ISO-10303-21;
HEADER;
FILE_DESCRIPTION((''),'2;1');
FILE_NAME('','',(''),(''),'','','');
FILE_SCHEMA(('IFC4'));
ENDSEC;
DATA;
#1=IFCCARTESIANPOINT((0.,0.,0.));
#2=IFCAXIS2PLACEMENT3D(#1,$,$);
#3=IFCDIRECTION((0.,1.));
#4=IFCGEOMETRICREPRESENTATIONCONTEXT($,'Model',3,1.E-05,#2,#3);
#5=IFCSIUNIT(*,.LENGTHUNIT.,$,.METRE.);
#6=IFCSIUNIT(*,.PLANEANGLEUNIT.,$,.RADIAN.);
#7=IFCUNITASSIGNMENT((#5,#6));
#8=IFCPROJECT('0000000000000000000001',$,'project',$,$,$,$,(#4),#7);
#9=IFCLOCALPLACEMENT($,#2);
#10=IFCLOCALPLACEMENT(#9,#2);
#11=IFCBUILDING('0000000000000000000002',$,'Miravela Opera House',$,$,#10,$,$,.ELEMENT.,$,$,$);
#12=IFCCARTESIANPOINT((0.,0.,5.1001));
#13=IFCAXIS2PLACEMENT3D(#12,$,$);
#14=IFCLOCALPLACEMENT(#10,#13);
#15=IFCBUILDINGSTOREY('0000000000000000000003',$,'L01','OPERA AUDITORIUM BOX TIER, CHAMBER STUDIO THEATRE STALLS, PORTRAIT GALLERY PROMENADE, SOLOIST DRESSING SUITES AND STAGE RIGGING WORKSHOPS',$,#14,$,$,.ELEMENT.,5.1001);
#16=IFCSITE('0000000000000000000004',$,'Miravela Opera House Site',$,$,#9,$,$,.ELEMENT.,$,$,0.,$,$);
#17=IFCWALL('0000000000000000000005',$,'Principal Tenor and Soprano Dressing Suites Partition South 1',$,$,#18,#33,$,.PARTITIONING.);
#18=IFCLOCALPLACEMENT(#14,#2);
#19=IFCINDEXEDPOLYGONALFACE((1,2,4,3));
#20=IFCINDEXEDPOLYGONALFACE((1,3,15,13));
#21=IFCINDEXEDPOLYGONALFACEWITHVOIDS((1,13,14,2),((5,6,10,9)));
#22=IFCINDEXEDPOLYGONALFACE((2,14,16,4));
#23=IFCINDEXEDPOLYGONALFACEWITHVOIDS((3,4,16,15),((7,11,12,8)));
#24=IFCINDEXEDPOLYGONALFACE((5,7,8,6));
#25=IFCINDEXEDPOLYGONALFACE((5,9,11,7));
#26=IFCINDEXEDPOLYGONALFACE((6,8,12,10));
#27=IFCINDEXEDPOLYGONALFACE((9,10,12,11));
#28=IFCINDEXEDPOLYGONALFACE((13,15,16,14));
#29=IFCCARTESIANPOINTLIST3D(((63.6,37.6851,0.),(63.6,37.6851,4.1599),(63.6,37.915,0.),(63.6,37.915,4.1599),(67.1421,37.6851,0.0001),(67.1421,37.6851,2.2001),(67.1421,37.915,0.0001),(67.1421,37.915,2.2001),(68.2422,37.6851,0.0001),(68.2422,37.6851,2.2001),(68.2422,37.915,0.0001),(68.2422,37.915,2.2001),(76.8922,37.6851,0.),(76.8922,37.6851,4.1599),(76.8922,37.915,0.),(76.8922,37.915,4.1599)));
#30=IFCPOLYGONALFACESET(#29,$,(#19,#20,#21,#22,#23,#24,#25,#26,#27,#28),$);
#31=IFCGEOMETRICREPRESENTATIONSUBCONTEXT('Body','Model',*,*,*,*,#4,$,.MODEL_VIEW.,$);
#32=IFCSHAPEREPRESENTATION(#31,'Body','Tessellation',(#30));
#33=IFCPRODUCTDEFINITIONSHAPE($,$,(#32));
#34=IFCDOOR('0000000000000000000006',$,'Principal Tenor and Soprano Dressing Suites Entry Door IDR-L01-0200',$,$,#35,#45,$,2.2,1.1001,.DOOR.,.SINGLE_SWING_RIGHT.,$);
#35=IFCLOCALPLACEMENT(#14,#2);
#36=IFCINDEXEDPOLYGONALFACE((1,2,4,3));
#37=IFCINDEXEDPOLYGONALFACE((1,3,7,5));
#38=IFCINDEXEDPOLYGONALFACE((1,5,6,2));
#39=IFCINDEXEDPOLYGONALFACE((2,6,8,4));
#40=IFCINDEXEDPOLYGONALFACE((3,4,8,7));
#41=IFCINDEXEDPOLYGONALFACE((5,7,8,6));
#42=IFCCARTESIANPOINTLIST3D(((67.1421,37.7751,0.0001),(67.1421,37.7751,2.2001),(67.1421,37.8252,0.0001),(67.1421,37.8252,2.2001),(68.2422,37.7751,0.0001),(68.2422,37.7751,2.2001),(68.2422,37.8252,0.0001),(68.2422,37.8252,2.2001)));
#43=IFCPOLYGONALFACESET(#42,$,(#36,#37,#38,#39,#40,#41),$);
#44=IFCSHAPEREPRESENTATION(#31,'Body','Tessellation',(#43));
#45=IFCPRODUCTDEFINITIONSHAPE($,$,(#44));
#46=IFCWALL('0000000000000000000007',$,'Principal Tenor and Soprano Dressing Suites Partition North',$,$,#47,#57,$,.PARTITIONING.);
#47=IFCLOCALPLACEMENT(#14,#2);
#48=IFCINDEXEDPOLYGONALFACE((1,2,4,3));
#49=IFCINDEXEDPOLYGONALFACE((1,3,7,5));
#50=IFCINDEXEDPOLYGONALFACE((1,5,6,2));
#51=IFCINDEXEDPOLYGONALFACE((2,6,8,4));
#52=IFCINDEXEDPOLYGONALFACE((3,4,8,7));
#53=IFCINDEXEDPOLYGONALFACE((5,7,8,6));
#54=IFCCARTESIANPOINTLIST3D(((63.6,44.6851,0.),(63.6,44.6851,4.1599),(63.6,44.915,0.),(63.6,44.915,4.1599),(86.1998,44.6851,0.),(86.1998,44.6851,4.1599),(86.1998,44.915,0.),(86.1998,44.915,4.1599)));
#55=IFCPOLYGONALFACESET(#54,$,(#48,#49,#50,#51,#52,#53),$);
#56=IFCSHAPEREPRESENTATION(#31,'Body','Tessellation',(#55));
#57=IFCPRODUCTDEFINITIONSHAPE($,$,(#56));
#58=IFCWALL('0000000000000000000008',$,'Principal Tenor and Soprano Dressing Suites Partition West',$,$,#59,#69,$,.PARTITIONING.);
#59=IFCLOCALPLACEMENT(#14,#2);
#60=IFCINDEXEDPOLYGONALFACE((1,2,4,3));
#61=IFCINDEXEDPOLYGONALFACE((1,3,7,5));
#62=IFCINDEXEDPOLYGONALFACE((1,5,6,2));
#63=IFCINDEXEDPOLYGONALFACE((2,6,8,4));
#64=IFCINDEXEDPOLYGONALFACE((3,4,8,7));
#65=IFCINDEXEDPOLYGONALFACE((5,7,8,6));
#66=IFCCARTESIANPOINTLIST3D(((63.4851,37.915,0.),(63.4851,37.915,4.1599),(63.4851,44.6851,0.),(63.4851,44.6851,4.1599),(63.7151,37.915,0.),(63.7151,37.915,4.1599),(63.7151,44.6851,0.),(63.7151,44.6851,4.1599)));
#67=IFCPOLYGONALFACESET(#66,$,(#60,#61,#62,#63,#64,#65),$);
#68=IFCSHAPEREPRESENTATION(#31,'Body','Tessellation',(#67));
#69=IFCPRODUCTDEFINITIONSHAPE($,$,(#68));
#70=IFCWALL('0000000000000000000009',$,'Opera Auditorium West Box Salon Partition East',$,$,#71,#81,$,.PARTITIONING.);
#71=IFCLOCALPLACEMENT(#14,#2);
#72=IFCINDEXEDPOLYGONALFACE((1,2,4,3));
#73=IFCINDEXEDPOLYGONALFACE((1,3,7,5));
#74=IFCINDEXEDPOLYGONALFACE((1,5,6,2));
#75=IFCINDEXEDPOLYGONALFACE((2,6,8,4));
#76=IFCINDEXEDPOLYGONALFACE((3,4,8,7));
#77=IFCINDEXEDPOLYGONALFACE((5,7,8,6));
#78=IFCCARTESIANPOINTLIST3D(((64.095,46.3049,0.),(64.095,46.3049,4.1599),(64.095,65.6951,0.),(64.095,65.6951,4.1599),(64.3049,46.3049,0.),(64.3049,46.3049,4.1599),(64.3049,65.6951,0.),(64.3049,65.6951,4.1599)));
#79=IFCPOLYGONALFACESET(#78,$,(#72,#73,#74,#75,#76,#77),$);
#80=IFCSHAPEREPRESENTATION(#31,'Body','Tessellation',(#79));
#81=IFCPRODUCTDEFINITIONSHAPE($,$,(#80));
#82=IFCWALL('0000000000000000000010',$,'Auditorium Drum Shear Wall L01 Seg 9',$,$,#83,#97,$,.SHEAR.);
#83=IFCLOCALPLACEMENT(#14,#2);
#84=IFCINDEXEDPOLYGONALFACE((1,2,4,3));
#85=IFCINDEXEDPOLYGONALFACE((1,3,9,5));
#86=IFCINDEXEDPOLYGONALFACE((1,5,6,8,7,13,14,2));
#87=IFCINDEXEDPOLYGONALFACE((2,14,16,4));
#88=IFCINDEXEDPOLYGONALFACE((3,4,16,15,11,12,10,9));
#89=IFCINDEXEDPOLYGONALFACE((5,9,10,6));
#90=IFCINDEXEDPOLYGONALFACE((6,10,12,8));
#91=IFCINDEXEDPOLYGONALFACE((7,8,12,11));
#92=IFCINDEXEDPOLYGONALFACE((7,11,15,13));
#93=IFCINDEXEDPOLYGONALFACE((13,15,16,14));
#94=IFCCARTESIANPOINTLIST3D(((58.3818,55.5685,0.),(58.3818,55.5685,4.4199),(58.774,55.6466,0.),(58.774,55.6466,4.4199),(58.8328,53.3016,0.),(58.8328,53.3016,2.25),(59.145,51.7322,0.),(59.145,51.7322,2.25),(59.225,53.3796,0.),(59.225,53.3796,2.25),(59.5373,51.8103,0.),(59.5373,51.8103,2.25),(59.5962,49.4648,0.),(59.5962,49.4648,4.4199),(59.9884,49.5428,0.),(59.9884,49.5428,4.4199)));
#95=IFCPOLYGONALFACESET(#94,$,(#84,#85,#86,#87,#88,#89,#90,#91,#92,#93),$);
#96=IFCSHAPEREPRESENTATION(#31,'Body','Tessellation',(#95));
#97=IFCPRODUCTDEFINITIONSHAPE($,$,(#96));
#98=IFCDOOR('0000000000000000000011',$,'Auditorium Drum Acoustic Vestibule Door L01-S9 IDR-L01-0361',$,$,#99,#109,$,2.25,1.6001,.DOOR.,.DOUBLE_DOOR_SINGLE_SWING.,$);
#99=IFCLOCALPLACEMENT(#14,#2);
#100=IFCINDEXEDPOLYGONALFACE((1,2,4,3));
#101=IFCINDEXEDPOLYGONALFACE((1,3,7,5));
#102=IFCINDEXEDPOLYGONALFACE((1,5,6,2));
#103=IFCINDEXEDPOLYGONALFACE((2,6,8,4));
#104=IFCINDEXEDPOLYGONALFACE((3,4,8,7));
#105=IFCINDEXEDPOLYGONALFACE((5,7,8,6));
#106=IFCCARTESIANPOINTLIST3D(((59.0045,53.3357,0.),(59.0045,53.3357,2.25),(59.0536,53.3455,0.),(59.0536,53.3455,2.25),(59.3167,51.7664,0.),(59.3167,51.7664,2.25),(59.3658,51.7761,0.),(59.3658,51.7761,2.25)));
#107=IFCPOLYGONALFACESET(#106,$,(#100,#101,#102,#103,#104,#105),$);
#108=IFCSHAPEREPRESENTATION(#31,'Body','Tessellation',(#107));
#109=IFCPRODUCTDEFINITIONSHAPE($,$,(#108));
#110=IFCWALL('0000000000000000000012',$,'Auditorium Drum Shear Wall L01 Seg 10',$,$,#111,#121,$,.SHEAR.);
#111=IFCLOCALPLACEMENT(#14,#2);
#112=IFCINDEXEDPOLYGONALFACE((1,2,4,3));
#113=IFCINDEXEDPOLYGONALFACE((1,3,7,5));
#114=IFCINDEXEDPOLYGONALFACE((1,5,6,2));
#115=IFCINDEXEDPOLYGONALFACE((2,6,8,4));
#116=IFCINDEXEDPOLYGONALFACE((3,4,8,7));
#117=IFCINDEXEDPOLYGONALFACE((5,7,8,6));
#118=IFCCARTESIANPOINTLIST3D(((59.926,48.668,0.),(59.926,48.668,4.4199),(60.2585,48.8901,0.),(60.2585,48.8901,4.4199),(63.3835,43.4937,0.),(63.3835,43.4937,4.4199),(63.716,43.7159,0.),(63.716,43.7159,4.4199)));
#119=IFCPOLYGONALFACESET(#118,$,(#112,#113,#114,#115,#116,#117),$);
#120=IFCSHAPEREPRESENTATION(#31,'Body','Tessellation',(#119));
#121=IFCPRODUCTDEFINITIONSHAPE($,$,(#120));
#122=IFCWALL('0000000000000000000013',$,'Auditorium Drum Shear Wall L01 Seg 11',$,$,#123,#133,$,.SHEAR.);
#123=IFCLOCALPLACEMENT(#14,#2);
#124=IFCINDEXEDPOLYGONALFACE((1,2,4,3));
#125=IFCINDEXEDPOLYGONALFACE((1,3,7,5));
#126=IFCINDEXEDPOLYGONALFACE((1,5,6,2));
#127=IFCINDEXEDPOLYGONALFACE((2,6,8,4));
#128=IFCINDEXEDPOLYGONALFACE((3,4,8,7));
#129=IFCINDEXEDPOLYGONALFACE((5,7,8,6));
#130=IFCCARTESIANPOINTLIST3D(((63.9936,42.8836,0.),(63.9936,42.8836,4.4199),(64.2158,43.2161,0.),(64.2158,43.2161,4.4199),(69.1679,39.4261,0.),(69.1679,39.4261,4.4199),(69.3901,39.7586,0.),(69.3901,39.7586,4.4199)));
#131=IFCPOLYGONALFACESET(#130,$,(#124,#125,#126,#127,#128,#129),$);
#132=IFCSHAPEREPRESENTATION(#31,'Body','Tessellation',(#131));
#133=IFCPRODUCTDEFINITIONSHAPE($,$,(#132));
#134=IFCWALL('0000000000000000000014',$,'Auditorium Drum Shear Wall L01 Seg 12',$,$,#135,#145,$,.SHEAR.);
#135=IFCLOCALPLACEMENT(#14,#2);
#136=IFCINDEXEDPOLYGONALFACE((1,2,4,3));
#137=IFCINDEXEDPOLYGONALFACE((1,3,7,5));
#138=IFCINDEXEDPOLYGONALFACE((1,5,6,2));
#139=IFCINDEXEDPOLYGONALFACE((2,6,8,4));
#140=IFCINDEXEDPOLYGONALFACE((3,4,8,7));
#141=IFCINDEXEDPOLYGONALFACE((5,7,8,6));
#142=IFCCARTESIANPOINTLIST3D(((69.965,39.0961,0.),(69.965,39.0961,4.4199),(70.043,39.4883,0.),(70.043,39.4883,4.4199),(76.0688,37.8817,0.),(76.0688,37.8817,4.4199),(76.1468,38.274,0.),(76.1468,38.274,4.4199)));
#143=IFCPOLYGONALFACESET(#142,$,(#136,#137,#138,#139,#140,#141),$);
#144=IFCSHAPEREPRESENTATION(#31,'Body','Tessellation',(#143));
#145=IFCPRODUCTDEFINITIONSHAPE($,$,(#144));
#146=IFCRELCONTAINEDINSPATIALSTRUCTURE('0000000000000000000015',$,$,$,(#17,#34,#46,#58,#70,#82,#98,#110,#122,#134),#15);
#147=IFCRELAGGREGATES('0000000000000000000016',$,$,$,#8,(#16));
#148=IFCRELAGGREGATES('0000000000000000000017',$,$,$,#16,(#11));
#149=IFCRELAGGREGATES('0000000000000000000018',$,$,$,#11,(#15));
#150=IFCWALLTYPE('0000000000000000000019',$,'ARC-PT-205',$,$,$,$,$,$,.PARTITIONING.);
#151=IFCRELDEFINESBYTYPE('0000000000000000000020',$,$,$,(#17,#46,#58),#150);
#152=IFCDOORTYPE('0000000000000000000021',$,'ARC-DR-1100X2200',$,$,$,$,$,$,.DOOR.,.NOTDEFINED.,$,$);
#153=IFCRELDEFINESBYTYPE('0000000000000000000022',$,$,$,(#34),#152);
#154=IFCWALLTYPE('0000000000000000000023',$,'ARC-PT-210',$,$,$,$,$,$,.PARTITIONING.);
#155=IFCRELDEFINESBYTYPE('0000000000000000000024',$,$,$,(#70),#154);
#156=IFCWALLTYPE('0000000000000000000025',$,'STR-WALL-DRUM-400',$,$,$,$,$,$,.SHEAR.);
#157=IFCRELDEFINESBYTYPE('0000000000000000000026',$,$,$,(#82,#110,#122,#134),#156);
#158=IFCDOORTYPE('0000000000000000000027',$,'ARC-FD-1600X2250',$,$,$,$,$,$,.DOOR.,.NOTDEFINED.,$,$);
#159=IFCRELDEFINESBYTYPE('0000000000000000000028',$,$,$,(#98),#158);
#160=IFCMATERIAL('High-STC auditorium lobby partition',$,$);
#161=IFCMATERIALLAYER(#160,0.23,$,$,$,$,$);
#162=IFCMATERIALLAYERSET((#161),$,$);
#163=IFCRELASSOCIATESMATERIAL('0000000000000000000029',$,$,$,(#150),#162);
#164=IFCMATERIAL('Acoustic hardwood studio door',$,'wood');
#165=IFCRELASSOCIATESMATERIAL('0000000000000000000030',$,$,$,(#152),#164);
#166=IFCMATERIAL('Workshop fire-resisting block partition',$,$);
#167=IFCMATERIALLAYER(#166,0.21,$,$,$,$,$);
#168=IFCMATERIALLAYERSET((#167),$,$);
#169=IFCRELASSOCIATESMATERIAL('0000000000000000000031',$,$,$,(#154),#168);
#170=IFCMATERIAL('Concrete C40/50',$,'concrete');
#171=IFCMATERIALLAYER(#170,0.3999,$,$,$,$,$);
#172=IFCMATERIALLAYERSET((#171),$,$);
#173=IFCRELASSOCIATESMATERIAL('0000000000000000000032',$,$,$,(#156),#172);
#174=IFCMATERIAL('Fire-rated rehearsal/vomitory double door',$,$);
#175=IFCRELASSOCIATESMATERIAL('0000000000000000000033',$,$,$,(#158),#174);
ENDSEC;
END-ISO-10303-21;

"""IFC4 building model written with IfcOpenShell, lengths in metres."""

from ifc_helpers import new_model, si_unit, direction, frame, frame_2d, origin, place, context, subcontext, project, spatial, rectangle, extrude, material, layer, layer_set, type_object, element, fill, save


model = new_model("IFC4")

# Units and contexts
model_context = context("Model", 3, precision=1e-05, world=origin(), true_north=direction((0.0, 1.0)))
body_context = subcontext(model_context, "Body", "Model", "MODEL_VIEW")
ifc_project = project(units=[si_unit("LENGTHUNIT", "METRE"), si_unit("PLANEANGLEUNIT", "RADIAN")], contexts=[model_context])

# Site, building, storey
site_placement = place(None, origin())
site = spatial("IfcSite", under=ifc_project, at=site_placement, Name="Miravela Opera House Site", CompositionType="ELEMENT", RefElevation=0.0)
building_placement = place(site_placement, origin())
building = spatial("IfcBuilding", under=site, at=building_placement, Name="Miravela Opera House", CompositionType="ELEMENT")
storey_placement = place(building_placement, frame((0.0, 0.0, 5.1001)))
storey = spatial("IfcBuildingStorey", under=building, at=storey_placement, Name="L01", Description="OPERA AUDITORIUM BOX TIER, CHAMBER STUDIO THEATRE STALLS, PORTRAIT GALLERY PROMENADE, SOLOIST DRESSING SUITES AND STAGE RIGGING WORKSHOPS", CompositionType="ELEMENT", Elevation=5.1001)

# Shared definitions
ifc_material_1 = material(Name="Concrete C40/50", Category="concrete")

# Wall, opening, door
ifc_material_2 = material(Name="High-STC auditorium lobby partition")
ifc_layer_1 = layer(ifc_material_2, 0.23)
ifc_layer_set_1 = layer_set([ifc_layer_1])
wall_type_1 = type_object("IfcWallType", Name="ARC-PT-205", PredefinedType="PARTITIONING", material=ifc_layer_set_1)
wall_1_placement = place(storey_placement, frame((63.6001, 37.8, 0.0), z_axis=(0.0, 0.0, 1.0), x_axis=(1.0, 0.0, 0.0)))
wall_1 = element("IfcWall", 1, at=wall_1_placement, inside=storey, type_object=wall_type_1, Name="Principal Tenor and Soprano Dressing Suites Partition South 1", PredefinedType="PARTITIONING", context=body_context, shape_type="SweptSolid", body=[
    extrude(rectangle(XDim=13.2922, YDim=0.23, at=frame_2d((6.646, 0.0))), origin(), (0.0, 0.0, 1.0), 4.1599),
])
opening_1_placement = place(wall_1_placement, frame((3.542, 0.0, 0.0)))
opening_1 = element("IfcOpeningElement", 2, at=opening_1_placement, cuts=wall_1, PredefinedType="OPENING", context=body_context, shape_type="SweptSolid", body=[
    extrude(rectangle(XDim=1.1001, YDim=2.2, at=frame_2d((0.55, 1.1001))), frame((0.0, 0.125, 0.0), z_axis=(0.0, -1.0, 0.0), x_axis=(1.0, 0.0, 0.0)), (0.0, 0.0, 1.0), 0.25),
])
ifc_material_3 = material(Name="Acoustic hardwood studio door", Category="wood")
door_type_1 = type_object("IfcDoorType", Name="ARC-DR-1100X2200", OperationType="NOTDEFINED", PredefinedType="DOOR", material=ifc_material_3)
door_1_placement = place(opening_1_placement, frame((1.1001, 0.0, 0.0), z_axis=(0.0, 0.0, 1.0), x_axis=(-1.0, 0.0, 0.0)))
door_1 = element("IfcDoor", 3, at=door_1_placement, inside=storey, type_object=door_type_1, Name="Principal Tenor and Soprano Dressing Suites Entry Door IDR-L01-0200", OperationType="SINGLE_SWING_RIGHT", OverallHeight=2.2, OverallWidth=1.1001, PredefinedType="DOOR", context=body_context, shape_type="SweptSolid", body=[
    extrude(rectangle(XDim=1.1001, YDim=2.2, at=frame_2d((0.55, 1.1001))), frame((0.0, 0.0249, 0.0), z_axis=(0.0, -1.0, 0.0), x_axis=(1.0, 0.0, 0.0)), (0.0, 0.0, 1.0), 0.05),
])
fill(opening_1, door_1)

# Walls
wall_2_placement = place(storey_placement, frame((63.6001, 44.8, 0.0), z_axis=(0.0, 0.0, 1.0), x_axis=(1.0, 0.0, 0.0)))
element("IfcWall", 4, at=wall_2_placement, inside=storey, type_object=wall_type_1, Name="Principal Tenor and Soprano Dressing Suites Partition North", PredefinedType="PARTITIONING", context=body_context, shape_type="SweptSolid", body=[
    extrude(rectangle(XDim=22.5999, YDim=0.23, at=frame_2d((11.2998, 0.0))), origin(), (0.0, 0.0, 1.0), 4.1599),
])
wall_3_placement = place(storey_placement, frame((63.6001, 37.915, 0.0), z_axis=(0.0, 0.0, 1.0), x_axis=(0.0, 1.0, 0.0)))
element("IfcWall", 5, at=wall_3_placement, inside=storey, type_object=wall_type_1, Name="Principal Tenor and Soprano Dressing Suites Partition West", PredefinedType="PARTITIONING", context=body_context, shape_type="SweptSolid", body=[
    extrude(rectangle(XDim=6.77, YDim=0.23, at=frame_2d((3.385, 0.0))), origin(), (0.0, 0.0, 1.0), 4.1599),
])
ifc_material_4 = material(Name="Workshop fire-resisting block partition")
ifc_layer_2 = layer(ifc_material_4, 0.21)
ifc_layer_set_2 = layer_set([ifc_layer_2])
wall_type_2 = type_object("IfcWallType", Name="ARC-PT-210", PredefinedType="PARTITIONING", material=ifc_layer_set_2)
wall_4_placement = place(storey_placement, frame((64.2, 46.3049, 0.0), z_axis=(0.0, 0.0, 1.0), x_axis=(0.0, 1.0, 0.0)))
element("IfcWall", 6, at=wall_4_placement, inside=storey, type_object=wall_type_2, Name="Opera Auditorium West Box Salon Partition East", PredefinedType="PARTITIONING", context=body_context, shape_type="SweptSolid", body=[
    extrude(rectangle(XDim=19.3901, YDim=0.21, at=frame_2d((9.6951, 0.0))), origin(), (0.0, 0.0, 1.0), 4.1599),
])

# Wall, opening, door
ifc_layer_3 = layer(ifc_material_1, 0.3999)
ifc_layer_set_3 = layer_set([ifc_layer_3])
wall_type_3 = type_object("IfcWallType", Name="STR-WALL-DRUM-400", PredefinedType="SHEAR", material=ifc_layer_set_3)
wall_5_placement = place(storey_placement, frame((58.5779, 55.6077, 0.0), z_axis=(0.0, 0.0, 1.0), x_axis=(0.195128, -0.980778, 0.0)))
wall_5 = element("IfcWall", 7, at=wall_5_placement, inside=storey, type_object=wall_type_3, Name="Auditorium Drum Shear Wall L01 Seg 9", PredefinedType="SHEAR", context=body_context, shape_type="SweptSolid", body=[
    extrude(rectangle(XDim=6.2234, YDim=0.3999, at=frame_2d((3.1118, 0.0))), origin(), (0.0, 0.0, 1.0), 4.4199),
])
opening_2_placement = place(wall_5_placement, frame((2.3115, 0.0, 0.0)))
opening_2 = element("IfcOpeningElement", 8, at=opening_2_placement, cuts=wall_5, PredefinedType="OPENING", context=body_context, shape_type="SweptSolid", body=[
    extrude(rectangle(XDim=1.6001, YDim=2.25, at=frame_2d((0.8, 1.125))), frame((0.0, 0.21, 0.0), z_axis=(0.0, -1.0, 0.0), x_axis=(1.0, 0.0, 0.0)), (0.0, 0.0, 1.0), 0.4199),
])
ifc_material_5 = material(Name="Fire-rated rehearsal/vomitory double door")
door_type_2 = type_object("IfcDoorType", Name="ARC-FD-1600X2250", OperationType="NOTDEFINED", PredefinedType="DOOR", material=ifc_material_5)
door_2_placement = place(opening_2_placement, frame((1.6001, 0.0, 0.0), z_axis=(0.0, 0.0, 1.0), x_axis=(-1.0, 0.0, 0.0)))
door_2 = element("IfcDoor", 9, at=door_2_placement, inside=storey, type_object=door_type_2, Name="Auditorium Drum Acoustic Vestibule Door L01-S9 IDR-L01-0361", OperationType="DOUBLE_DOOR_SINGLE_SWING", OverallHeight=2.25, OverallWidth=1.6001, PredefinedType="DOOR", context=body_context, shape_type="SweptSolid", body=[
    extrude(rectangle(XDim=1.6001, YDim=2.25, at=frame_2d((0.8, 1.125))), frame((0.0, 0.0249, 0.0), z_axis=(0.0, -1.0, 0.0), x_axis=(1.0, 0.0, 0.0)), (0.0, 0.0, 1.0), 0.05),
])
fill(opening_2, door_2)

# Walls
for number, where, z_axis, x_axis, name in (
    (10, (60.0923, 48.7791, 0.0), (0.0, 0.0, 1.0), (0.555587, -0.831458, 0.0), "Auditorium Drum Shear Wall L01 Seg 10"),
    (11, (64.1047, 43.0498, 0.0), (0.0, 0.0, 1.0), (0.831458, -0.555587, 0.0), "Auditorium Drum Shear Wall L01 Seg 11"),
):
    element("IfcWall", number, at=place(storey_placement, frame(where, z_axis=z_axis, x_axis=x_axis)), inside=storey, type_object=wall_type_3, Name=name, PredefinedType="SHEAR", context=body_context, shape_type="SweptSolid", body=[
        extrude(rectangle(XDim=6.2231, YDim=0.3999, at=frame_2d((3.1116, 0.0))), origin(), (0.0, 0.0, 1.0), 4.4199),
    ])
wall_6_placement = place(storey_placement, frame((70.0039, 39.2922, 0.0), z_axis=(0.0, 0.0, 1.0), x_axis=(0.980778, -0.195128, 0.0)))
element("IfcWall", 12, at=wall_6_placement, inside=storey, type_object=wall_type_3, Name="Auditorium Drum Shear Wall L01 Seg 12", PredefinedType="SHEAR", context=body_context, shape_type="SweptSolid", body=[
    extrude(rectangle(XDim=6.2234, YDim=0.3999, at=frame_2d((3.1118, 0.0))), origin(), (0.0, 0.0, 1.0), 4.4199),
])

save(model, "model.ifc")
